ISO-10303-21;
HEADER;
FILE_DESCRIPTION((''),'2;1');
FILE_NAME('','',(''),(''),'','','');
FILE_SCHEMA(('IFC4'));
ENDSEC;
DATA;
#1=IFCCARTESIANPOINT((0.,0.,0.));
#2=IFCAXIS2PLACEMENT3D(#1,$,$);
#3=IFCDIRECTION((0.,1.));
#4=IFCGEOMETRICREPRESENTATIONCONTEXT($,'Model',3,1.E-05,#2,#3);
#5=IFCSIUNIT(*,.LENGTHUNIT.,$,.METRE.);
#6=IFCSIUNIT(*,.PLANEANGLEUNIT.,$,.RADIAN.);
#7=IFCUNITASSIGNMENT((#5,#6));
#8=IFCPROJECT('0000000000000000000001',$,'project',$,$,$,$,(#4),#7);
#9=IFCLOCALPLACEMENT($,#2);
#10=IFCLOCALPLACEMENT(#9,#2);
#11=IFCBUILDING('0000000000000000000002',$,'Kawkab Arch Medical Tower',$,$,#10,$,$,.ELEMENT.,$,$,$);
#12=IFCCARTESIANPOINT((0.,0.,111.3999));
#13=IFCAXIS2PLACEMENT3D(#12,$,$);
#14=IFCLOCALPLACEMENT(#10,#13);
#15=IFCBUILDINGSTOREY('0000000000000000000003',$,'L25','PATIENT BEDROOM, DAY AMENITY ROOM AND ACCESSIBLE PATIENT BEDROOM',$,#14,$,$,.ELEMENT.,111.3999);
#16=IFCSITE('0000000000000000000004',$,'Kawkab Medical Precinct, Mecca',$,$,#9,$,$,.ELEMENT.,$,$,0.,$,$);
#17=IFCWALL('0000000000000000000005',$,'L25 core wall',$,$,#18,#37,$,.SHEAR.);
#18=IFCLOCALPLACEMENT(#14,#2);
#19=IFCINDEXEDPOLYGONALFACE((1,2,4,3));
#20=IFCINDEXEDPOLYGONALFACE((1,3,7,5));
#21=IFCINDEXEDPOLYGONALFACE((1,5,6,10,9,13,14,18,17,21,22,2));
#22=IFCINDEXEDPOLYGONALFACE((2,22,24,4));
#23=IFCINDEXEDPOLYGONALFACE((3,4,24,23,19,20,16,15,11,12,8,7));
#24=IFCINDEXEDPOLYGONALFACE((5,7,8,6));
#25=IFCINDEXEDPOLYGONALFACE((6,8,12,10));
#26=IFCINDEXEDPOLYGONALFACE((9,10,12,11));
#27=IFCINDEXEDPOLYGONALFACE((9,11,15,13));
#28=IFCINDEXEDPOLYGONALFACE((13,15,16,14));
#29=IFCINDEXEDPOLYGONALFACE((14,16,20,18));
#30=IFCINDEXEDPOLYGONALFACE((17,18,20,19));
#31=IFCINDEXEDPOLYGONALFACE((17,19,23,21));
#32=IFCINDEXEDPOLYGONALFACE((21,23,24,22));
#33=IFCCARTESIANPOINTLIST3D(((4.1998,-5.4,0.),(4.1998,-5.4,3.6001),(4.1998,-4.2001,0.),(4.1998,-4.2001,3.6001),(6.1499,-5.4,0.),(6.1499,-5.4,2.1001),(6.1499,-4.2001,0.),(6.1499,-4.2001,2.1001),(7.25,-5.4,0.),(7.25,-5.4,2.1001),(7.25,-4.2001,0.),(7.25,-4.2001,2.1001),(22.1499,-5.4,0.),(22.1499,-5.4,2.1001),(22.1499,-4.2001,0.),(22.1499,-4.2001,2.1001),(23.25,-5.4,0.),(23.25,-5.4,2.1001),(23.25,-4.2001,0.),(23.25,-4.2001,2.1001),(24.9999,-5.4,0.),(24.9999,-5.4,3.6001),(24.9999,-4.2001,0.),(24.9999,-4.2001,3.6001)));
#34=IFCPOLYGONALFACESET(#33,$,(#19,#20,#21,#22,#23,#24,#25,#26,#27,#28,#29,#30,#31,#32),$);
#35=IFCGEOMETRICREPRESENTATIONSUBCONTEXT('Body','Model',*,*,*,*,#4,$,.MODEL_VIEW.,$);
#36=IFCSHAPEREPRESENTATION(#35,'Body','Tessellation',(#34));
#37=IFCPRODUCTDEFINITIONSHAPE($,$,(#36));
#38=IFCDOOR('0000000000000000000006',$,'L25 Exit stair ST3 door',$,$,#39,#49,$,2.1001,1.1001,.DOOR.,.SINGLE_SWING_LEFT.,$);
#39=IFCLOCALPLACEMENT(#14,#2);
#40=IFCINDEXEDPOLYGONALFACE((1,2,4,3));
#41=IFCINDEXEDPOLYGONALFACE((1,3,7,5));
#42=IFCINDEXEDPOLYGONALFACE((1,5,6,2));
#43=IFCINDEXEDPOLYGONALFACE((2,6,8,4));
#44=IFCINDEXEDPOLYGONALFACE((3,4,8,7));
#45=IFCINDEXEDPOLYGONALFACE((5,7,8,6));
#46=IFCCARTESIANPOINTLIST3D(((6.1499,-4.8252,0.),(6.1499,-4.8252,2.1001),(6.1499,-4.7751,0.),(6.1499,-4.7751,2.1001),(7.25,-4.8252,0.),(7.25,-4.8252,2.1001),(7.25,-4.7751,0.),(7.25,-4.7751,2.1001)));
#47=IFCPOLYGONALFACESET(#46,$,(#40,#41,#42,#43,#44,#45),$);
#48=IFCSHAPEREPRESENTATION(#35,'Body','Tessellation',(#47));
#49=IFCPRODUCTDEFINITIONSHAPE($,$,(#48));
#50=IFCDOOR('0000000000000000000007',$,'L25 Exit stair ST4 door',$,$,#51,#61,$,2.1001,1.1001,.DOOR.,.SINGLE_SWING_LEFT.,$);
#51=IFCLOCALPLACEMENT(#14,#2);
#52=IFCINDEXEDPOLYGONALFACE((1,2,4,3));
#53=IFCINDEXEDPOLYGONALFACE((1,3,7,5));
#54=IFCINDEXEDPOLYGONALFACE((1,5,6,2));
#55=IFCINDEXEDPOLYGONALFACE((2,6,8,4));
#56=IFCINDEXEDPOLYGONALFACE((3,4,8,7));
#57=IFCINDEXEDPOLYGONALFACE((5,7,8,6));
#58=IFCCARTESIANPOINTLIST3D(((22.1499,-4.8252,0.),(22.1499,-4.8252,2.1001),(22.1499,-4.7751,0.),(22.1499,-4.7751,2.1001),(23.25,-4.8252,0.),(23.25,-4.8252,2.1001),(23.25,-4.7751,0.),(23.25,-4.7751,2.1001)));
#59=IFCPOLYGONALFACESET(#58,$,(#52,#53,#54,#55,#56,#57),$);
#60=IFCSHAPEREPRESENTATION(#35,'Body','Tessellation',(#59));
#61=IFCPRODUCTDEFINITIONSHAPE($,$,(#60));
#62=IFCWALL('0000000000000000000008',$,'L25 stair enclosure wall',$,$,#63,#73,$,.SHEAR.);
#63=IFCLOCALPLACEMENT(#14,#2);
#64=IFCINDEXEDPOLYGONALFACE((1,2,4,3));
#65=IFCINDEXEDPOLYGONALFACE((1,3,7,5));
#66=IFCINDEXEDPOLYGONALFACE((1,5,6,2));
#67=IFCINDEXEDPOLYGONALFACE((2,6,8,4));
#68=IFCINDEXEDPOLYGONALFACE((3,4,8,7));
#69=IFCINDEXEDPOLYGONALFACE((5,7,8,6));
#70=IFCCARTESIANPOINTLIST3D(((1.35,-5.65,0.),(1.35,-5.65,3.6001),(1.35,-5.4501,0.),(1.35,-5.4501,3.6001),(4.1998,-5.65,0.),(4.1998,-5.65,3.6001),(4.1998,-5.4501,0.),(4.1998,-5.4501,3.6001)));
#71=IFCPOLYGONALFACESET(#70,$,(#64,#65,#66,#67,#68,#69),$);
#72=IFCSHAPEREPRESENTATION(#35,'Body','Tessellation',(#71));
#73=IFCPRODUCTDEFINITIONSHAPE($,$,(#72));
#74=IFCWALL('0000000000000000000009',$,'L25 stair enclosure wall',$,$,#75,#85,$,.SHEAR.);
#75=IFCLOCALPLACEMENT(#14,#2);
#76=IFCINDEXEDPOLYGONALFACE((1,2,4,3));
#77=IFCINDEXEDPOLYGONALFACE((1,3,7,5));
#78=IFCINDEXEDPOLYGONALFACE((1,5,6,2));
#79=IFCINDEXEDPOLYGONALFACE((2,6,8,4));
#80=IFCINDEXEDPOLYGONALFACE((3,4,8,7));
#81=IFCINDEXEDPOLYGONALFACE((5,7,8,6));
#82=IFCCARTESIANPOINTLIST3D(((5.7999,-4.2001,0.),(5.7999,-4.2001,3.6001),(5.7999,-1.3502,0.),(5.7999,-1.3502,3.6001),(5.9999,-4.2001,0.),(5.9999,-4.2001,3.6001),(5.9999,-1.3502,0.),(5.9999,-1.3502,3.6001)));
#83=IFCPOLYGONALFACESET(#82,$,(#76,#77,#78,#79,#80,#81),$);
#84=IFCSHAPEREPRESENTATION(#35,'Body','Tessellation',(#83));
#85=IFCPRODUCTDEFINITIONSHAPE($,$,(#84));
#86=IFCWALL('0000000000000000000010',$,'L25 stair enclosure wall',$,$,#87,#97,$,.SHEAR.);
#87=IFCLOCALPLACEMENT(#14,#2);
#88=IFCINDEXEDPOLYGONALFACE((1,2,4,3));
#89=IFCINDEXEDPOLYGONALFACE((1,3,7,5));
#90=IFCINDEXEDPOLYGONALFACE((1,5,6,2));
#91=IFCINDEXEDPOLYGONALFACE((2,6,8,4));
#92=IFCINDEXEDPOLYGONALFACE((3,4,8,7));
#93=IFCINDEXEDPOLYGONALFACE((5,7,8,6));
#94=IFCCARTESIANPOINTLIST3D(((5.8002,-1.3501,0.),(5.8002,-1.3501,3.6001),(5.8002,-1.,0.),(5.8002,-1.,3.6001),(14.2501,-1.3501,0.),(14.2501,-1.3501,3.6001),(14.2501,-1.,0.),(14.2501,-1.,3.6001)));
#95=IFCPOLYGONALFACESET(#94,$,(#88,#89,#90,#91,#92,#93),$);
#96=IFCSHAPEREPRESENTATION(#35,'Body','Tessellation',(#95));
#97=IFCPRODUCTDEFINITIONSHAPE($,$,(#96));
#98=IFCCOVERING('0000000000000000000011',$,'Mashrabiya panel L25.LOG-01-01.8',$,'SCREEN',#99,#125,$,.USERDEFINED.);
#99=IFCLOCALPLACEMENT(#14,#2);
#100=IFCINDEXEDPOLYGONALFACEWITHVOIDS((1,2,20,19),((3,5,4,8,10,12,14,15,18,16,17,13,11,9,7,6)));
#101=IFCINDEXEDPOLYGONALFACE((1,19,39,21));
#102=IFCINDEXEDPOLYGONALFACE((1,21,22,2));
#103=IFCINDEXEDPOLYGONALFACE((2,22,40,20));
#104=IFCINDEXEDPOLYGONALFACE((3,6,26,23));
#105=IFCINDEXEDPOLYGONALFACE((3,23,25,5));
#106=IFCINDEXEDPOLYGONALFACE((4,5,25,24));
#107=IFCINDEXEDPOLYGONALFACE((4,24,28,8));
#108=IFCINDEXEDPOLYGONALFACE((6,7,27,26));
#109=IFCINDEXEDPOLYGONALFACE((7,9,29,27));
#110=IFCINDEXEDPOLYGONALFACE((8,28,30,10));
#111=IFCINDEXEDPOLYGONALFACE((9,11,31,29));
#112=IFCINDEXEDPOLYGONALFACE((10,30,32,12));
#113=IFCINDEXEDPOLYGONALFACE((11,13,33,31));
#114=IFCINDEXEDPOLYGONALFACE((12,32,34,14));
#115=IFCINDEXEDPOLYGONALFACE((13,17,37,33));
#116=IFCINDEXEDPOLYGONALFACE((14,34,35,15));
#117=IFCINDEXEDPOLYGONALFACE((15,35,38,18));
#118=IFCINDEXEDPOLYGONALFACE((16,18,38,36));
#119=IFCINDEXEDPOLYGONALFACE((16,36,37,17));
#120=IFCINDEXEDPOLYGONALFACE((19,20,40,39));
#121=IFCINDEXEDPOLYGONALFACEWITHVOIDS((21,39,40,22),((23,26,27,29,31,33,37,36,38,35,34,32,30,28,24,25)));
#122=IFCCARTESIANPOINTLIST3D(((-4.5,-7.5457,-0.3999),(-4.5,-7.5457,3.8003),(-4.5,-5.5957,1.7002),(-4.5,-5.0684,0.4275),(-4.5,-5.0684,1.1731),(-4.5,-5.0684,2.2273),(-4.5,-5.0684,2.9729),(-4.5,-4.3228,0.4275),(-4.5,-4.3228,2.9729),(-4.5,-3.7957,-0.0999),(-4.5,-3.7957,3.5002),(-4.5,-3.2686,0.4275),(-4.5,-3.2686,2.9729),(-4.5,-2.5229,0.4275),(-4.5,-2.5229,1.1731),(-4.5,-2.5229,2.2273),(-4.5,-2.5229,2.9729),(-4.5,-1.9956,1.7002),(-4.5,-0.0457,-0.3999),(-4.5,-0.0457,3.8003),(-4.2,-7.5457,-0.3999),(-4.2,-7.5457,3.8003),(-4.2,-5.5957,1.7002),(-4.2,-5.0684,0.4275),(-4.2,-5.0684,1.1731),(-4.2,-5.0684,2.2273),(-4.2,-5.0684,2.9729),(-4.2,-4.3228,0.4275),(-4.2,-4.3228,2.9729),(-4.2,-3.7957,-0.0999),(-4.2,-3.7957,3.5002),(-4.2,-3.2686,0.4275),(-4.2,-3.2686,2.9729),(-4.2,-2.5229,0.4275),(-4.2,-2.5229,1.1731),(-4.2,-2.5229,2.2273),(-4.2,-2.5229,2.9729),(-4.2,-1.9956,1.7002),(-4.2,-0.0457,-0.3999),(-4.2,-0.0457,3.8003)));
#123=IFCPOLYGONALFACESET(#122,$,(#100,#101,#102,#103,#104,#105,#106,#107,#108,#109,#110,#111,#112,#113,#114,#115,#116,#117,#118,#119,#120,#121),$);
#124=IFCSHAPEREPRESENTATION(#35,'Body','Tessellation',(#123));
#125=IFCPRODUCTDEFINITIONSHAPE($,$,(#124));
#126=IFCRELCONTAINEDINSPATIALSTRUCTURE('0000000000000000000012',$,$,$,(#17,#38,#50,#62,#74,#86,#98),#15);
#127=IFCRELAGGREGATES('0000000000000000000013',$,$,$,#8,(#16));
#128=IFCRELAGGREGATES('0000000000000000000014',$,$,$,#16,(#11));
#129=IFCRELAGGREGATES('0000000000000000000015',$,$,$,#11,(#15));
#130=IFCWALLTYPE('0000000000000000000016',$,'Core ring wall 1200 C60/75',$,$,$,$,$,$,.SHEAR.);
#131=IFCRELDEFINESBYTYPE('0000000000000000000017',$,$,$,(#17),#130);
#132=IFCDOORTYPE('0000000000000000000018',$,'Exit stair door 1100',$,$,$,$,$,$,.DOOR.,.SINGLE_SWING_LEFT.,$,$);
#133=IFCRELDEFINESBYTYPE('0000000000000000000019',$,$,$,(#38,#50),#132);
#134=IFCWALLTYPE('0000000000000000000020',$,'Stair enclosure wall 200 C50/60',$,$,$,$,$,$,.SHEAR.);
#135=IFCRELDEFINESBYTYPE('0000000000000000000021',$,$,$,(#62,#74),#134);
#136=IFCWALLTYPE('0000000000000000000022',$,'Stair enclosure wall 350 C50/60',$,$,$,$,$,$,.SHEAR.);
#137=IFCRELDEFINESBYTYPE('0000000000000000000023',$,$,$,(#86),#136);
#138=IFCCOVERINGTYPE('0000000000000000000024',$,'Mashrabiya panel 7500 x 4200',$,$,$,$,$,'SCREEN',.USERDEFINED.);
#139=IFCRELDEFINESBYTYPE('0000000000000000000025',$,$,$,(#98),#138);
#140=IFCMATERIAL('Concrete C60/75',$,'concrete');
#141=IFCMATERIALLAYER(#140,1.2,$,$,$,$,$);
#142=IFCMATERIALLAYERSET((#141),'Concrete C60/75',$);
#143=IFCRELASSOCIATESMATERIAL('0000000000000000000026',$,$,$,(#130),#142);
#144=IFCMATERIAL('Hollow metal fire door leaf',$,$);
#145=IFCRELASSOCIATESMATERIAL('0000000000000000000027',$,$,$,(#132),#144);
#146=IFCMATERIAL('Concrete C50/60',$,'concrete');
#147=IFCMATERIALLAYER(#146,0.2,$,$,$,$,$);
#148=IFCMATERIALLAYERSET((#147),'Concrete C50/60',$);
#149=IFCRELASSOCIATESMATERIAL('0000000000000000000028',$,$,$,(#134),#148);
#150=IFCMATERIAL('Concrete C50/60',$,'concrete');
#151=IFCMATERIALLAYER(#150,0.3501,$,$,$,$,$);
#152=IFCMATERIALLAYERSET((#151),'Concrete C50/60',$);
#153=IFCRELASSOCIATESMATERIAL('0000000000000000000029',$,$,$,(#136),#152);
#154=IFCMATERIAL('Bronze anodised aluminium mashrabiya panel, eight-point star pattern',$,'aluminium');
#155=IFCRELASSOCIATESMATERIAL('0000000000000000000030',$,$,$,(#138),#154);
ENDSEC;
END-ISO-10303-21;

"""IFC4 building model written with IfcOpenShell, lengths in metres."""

from ifc_helpers import new_model, si_unit, direction, frame, frame_2d, origin, place, context, subcontext, project, spatial, polyline, rectangle, outline, extrude, material, layer, layer_set, material_profile, profile_set, type_object, element, fill, save


model = new_model("IFC4")

# Units and contexts
model_context = context("Model", 3, precision=1e-05, world=origin(), true_north=direction((0.0, 1.0)))
body_context = subcontext(model_context, "Body", "Model", "MODEL_VIEW")
ifc_project = project(units=[si_unit("LENGTHUNIT", "METRE"), si_unit("PLANEANGLEUNIT", "RADIAN")], contexts=[model_context])

# Site, building, storey
site_placement = place(None, origin())
site = spatial("IfcSite", under=ifc_project, at=site_placement, Name="Kawkab Medical Precinct, Mecca", CompositionType="ELEMENT", RefElevation=0.0)
building_placement = place(site_placement, origin())
building = spatial("IfcBuilding", under=site, at=building_placement, Name="Kawkab Arch Medical Tower", CompositionType="ELEMENT")
storey_placement = place(building_placement, frame((0.0, 0.0, 111.3999)))
storey = spatial("IfcBuildingStorey", under=building, at=storey_placement, Name="L25", Description="PATIENT BEDROOM, DAY AMENITY ROOM AND ACCESSIBLE PATIENT BEDROOM", CompositionType="ELEMENT", Elevation=111.3999)

# Wall, openings, doors
ifc_material_1 = material(Name="Concrete C60/75", Category="concrete")
ifc_layer_1 = layer(ifc_material_1, 1.2)
ifc_layer_set_1 = layer_set([ifc_layer_1], Name="Concrete C60/75")
wall_type_1 = type_object("IfcWallType", Name="Core ring wall 1200 C60/75", PredefinedType="SHEAR", material=ifc_layer_set_1)
wall_1_placement = place(storey_placement, frame((4.2, -4.8, 0.0), z_axis=(0.0, 0.0, 1.0), x_axis=(1.0, 0.0, 0.0)))
wall_1 = element("IfcWall", 1, at=wall_1_placement, inside=storey, type_object=wall_type_1, Name="L25 core wall", PredefinedType="SHEAR", context=body_context, shape_type="SweptSolid", body=[
    extrude(rectangle(XDim=20.8, YDim=1.2, at=frame_2d((10.3999, 0.0))), origin(), (0.0, 0.0, 1.0), 3.6001),
])
opening_1_placement = place(wall_1_placement, frame((1.95, 0.0, 0.0)))
opening_1 = element("IfcOpeningElement", 2, at=opening_1_placement, cuts=wall_1, PredefinedType="OPENING", context=body_context, shape_type="SweptSolid", body=[
    extrude(rectangle(XDim=1.1001, YDim=2.1001, at=frame_2d((0.55, 1.05))), frame((0.0, 0.6099, 0.0), z_axis=(0.0, -1.0, 0.0), x_axis=(1.0, 0.0, 0.0)), (0.0, 0.0, 1.0), 1.22),
])
opening_2_placement = place(wall_1_placement, frame((17.95, 0.0, 0.0)))
opening_2 = element("IfcOpeningElement", 3, at=opening_2_placement, cuts=wall_1, PredefinedType="OPENING", context=body_context, shape_type="SweptSolid", body=[
    extrude(rectangle(XDim=1.1001, YDim=2.1001, at=frame_2d((0.55, 1.05))), frame((0.0, 0.6099, 0.0), z_axis=(0.0, -1.0, 0.0), x_axis=(1.0, 0.0, 0.0)), (0.0, 0.0, 1.0), 1.22),
])
ifc_material_2 = material(Name="Hollow metal fire door leaf")
door_type = type_object("IfcDoorType", Name="Exit stair door 1100", OperationType="SINGLE_SWING_LEFT", PredefinedType="DOOR", material=ifc_material_2)
door_1_placement = place(opening_1_placement, origin())
door_1 = element("IfcDoor", 4, at=door_1_placement, inside=storey, type_object=door_type, Name="L25 Exit stair ST3 door", OperationType="SINGLE_SWING_LEFT", OverallHeight=2.1001, OverallWidth=1.1001, PredefinedType="DOOR", context=body_context, shape_type="SweptSolid", body=[
    extrude(rectangle(XDim=1.1001, YDim=2.1001, at=frame_2d((0.55, 1.05))), frame((0.0, 0.0249, 0.0), z_axis=(0.0, -1.0, 0.0), x_axis=(1.0, 0.0, 0.0)), (0.0, 0.0, 1.0), 0.05),
])
fill(opening_1, door_1)
door_2_placement = place(opening_2_placement, origin())
door_2 = element("IfcDoor", 5, at=door_2_placement, inside=storey, type_object=door_type, Name="L25 Exit stair ST4 door", OperationType="SINGLE_SWING_LEFT", OverallHeight=2.1001, OverallWidth=1.1001, PredefinedType="DOOR", context=body_context, shape_type="SweptSolid", body=[
    extrude(rectangle(XDim=1.1001, YDim=2.1001, at=frame_2d((0.55, 1.05))), frame((0.0, 0.0249, 0.0), z_axis=(0.0, -1.0, 0.0), x_axis=(1.0, 0.0, 0.0)), (0.0, 0.0, 1.0), 0.05),
])
fill(opening_2, door_2)

# Walls
ifc_material_3 = material(Name="Concrete C50/60", Category="concrete")
ifc_layer_2 = layer(ifc_material_3, 0.2)
ifc_layer_set_2 = layer_set([ifc_layer_2], Name="Concrete C50/60")
wall_type_2 = type_object("IfcWallType", Name="Stair enclosure wall 200 C50/60", PredefinedType="SHEAR", material=ifc_layer_set_2)
for number, where, z_axis, x_axis, name in (
    (6, (1.3501, -5.55, 0.0), (0.0, 0.0, 1.0), (1.0, 0.0, 0.0), "L25 stair enclosure wall"),
    (7, (5.8999, -4.2, 0.0), (0.0, 0.0, 1.0), (0.0, 1.0, 0.0), "L25 stair enclosure wall"),
):
    element("IfcWall", number, at=place(storey_placement, frame(where, z_axis=z_axis, x_axis=x_axis)), inside=storey, type_object=wall_type_2, Name=name, PredefinedType="SHEAR", context=body_context, shape_type="SweptSolid", body=[
        extrude(rectangle(XDim=2.8499, YDim=0.2, at=frame_2d((1.4248, 0.0))), origin(), (0.0, 0.0, 1.0), 3.6001),
    ])
ifc_material_4 = material(Name="Concrete C50/60", Category="concrete")
ifc_layer_3 = layer(ifc_material_4, 0.3501)
ifc_layer_set_3 = layer_set([ifc_layer_3], Name="Concrete C50/60")
wall_type_3 = type_object("IfcWallType", Name="Stair enclosure wall 350 C50/60", PredefinedType="SHEAR", material=ifc_layer_set_3)
wall_2_placement = place(storey_placement, frame((5.8, -1.175, 0.0), z_axis=(0.0, 0.0, 1.0), x_axis=(1.0, 0.0, 0.0)))
element("IfcWall", 8, at=wall_2_placement, inside=storey, type_object=wall_type_3, Name="L25 stair enclosure wall", PredefinedType="SHEAR", context=body_context, shape_type="SweptSolid", body=[
    extrude(rectangle(XDim=8.45, YDim=0.3501, at=frame_2d((4.2251, 0.0))), origin(), (0.0, 0.0, 1.0), 3.6001),
])

# Covering
ifc_material_5 = material(Name="Bronze anodised aluminium mashrabiya panel, eight-point star pattern", Category="aluminium")
ifc_material_profile_1 = material_profile(ifc_material_5, outline(polyline([(-3.75, -2.1001), (3.75, -2.1001), (3.75, 2.1001), (-3.75, 2.1001), (-3.75, -2.1001)]), holes=[polyline([(1.8, 0.0), (1.2727, 0.5271), (1.2727, 1.2727), (0.5271, 1.2727), (0.0, 1.8), (-0.5271, 1.2727), (-1.2727, 1.2727), (-1.2727, 0.5271), (-1.8, 0.0), (-1.2727, -0.5271), (-1.2727, -1.2727), (-0.5271, -1.2727), (0.0, -1.8), (0.5271, -1.2727), (1.2727, -1.2727), (1.2727, -0.5271), (1.8, 0.0)])]), Name="Mashrabiya panel 7500x4200")
ifc_profile_set_1 = profile_set([ifc_material_profile_1], Name="Bronze anodised aluminium mashrabiya panel, eight-point star pattern")
covering_type = type_object("IfcCoveringType", Name="Mashrabiya panel 7500 x 4200", ElementType="SCREEN", PredefinedType="USERDEFINED", material=ifc_profile_set_1)
covering_placement = place(storey_placement, frame((-4.2, -3.7957, 1.7002), z_axis=(-1.0, 0.0, 0.0), x_axis=(0.0, -1.0, 0.0)))
element("IfcCovering", 9, at=covering_placement, inside=storey, type_object=covering_type, Name="Mashrabiya panel L25.LOG-01-01.8", ObjectType="SCREEN", PredefinedType="USERDEFINED", context=body_context, shape_type="SweptSolid", body=[
    extrude(outline(polyline([(-3.75, -2.1001), (3.75, -2.1001), (3.75, 2.1001), (-3.75, 2.1001), (-3.75, -2.1001)]), holes=[polyline([(1.8, 0.0), (1.2727, 0.5271), (1.2727, 1.2727), (0.5271, 1.2727), (0.0, 1.8), (-0.5271, 1.2727), (-1.2727, 1.2727), (-1.2727, 0.5271), (-1.8, 0.0), (-1.2727, -0.5271), (-1.2727, -1.2727), (-0.5271, -1.2727), (0.0, -1.8), (0.5271, -1.2727), (1.2727, -1.2727), (1.2727, -0.5271), (1.8, 0.0)])]), origin(), (0.0, 0.0, 1.0), 0.3),
])

save(model, "model.ifc")
